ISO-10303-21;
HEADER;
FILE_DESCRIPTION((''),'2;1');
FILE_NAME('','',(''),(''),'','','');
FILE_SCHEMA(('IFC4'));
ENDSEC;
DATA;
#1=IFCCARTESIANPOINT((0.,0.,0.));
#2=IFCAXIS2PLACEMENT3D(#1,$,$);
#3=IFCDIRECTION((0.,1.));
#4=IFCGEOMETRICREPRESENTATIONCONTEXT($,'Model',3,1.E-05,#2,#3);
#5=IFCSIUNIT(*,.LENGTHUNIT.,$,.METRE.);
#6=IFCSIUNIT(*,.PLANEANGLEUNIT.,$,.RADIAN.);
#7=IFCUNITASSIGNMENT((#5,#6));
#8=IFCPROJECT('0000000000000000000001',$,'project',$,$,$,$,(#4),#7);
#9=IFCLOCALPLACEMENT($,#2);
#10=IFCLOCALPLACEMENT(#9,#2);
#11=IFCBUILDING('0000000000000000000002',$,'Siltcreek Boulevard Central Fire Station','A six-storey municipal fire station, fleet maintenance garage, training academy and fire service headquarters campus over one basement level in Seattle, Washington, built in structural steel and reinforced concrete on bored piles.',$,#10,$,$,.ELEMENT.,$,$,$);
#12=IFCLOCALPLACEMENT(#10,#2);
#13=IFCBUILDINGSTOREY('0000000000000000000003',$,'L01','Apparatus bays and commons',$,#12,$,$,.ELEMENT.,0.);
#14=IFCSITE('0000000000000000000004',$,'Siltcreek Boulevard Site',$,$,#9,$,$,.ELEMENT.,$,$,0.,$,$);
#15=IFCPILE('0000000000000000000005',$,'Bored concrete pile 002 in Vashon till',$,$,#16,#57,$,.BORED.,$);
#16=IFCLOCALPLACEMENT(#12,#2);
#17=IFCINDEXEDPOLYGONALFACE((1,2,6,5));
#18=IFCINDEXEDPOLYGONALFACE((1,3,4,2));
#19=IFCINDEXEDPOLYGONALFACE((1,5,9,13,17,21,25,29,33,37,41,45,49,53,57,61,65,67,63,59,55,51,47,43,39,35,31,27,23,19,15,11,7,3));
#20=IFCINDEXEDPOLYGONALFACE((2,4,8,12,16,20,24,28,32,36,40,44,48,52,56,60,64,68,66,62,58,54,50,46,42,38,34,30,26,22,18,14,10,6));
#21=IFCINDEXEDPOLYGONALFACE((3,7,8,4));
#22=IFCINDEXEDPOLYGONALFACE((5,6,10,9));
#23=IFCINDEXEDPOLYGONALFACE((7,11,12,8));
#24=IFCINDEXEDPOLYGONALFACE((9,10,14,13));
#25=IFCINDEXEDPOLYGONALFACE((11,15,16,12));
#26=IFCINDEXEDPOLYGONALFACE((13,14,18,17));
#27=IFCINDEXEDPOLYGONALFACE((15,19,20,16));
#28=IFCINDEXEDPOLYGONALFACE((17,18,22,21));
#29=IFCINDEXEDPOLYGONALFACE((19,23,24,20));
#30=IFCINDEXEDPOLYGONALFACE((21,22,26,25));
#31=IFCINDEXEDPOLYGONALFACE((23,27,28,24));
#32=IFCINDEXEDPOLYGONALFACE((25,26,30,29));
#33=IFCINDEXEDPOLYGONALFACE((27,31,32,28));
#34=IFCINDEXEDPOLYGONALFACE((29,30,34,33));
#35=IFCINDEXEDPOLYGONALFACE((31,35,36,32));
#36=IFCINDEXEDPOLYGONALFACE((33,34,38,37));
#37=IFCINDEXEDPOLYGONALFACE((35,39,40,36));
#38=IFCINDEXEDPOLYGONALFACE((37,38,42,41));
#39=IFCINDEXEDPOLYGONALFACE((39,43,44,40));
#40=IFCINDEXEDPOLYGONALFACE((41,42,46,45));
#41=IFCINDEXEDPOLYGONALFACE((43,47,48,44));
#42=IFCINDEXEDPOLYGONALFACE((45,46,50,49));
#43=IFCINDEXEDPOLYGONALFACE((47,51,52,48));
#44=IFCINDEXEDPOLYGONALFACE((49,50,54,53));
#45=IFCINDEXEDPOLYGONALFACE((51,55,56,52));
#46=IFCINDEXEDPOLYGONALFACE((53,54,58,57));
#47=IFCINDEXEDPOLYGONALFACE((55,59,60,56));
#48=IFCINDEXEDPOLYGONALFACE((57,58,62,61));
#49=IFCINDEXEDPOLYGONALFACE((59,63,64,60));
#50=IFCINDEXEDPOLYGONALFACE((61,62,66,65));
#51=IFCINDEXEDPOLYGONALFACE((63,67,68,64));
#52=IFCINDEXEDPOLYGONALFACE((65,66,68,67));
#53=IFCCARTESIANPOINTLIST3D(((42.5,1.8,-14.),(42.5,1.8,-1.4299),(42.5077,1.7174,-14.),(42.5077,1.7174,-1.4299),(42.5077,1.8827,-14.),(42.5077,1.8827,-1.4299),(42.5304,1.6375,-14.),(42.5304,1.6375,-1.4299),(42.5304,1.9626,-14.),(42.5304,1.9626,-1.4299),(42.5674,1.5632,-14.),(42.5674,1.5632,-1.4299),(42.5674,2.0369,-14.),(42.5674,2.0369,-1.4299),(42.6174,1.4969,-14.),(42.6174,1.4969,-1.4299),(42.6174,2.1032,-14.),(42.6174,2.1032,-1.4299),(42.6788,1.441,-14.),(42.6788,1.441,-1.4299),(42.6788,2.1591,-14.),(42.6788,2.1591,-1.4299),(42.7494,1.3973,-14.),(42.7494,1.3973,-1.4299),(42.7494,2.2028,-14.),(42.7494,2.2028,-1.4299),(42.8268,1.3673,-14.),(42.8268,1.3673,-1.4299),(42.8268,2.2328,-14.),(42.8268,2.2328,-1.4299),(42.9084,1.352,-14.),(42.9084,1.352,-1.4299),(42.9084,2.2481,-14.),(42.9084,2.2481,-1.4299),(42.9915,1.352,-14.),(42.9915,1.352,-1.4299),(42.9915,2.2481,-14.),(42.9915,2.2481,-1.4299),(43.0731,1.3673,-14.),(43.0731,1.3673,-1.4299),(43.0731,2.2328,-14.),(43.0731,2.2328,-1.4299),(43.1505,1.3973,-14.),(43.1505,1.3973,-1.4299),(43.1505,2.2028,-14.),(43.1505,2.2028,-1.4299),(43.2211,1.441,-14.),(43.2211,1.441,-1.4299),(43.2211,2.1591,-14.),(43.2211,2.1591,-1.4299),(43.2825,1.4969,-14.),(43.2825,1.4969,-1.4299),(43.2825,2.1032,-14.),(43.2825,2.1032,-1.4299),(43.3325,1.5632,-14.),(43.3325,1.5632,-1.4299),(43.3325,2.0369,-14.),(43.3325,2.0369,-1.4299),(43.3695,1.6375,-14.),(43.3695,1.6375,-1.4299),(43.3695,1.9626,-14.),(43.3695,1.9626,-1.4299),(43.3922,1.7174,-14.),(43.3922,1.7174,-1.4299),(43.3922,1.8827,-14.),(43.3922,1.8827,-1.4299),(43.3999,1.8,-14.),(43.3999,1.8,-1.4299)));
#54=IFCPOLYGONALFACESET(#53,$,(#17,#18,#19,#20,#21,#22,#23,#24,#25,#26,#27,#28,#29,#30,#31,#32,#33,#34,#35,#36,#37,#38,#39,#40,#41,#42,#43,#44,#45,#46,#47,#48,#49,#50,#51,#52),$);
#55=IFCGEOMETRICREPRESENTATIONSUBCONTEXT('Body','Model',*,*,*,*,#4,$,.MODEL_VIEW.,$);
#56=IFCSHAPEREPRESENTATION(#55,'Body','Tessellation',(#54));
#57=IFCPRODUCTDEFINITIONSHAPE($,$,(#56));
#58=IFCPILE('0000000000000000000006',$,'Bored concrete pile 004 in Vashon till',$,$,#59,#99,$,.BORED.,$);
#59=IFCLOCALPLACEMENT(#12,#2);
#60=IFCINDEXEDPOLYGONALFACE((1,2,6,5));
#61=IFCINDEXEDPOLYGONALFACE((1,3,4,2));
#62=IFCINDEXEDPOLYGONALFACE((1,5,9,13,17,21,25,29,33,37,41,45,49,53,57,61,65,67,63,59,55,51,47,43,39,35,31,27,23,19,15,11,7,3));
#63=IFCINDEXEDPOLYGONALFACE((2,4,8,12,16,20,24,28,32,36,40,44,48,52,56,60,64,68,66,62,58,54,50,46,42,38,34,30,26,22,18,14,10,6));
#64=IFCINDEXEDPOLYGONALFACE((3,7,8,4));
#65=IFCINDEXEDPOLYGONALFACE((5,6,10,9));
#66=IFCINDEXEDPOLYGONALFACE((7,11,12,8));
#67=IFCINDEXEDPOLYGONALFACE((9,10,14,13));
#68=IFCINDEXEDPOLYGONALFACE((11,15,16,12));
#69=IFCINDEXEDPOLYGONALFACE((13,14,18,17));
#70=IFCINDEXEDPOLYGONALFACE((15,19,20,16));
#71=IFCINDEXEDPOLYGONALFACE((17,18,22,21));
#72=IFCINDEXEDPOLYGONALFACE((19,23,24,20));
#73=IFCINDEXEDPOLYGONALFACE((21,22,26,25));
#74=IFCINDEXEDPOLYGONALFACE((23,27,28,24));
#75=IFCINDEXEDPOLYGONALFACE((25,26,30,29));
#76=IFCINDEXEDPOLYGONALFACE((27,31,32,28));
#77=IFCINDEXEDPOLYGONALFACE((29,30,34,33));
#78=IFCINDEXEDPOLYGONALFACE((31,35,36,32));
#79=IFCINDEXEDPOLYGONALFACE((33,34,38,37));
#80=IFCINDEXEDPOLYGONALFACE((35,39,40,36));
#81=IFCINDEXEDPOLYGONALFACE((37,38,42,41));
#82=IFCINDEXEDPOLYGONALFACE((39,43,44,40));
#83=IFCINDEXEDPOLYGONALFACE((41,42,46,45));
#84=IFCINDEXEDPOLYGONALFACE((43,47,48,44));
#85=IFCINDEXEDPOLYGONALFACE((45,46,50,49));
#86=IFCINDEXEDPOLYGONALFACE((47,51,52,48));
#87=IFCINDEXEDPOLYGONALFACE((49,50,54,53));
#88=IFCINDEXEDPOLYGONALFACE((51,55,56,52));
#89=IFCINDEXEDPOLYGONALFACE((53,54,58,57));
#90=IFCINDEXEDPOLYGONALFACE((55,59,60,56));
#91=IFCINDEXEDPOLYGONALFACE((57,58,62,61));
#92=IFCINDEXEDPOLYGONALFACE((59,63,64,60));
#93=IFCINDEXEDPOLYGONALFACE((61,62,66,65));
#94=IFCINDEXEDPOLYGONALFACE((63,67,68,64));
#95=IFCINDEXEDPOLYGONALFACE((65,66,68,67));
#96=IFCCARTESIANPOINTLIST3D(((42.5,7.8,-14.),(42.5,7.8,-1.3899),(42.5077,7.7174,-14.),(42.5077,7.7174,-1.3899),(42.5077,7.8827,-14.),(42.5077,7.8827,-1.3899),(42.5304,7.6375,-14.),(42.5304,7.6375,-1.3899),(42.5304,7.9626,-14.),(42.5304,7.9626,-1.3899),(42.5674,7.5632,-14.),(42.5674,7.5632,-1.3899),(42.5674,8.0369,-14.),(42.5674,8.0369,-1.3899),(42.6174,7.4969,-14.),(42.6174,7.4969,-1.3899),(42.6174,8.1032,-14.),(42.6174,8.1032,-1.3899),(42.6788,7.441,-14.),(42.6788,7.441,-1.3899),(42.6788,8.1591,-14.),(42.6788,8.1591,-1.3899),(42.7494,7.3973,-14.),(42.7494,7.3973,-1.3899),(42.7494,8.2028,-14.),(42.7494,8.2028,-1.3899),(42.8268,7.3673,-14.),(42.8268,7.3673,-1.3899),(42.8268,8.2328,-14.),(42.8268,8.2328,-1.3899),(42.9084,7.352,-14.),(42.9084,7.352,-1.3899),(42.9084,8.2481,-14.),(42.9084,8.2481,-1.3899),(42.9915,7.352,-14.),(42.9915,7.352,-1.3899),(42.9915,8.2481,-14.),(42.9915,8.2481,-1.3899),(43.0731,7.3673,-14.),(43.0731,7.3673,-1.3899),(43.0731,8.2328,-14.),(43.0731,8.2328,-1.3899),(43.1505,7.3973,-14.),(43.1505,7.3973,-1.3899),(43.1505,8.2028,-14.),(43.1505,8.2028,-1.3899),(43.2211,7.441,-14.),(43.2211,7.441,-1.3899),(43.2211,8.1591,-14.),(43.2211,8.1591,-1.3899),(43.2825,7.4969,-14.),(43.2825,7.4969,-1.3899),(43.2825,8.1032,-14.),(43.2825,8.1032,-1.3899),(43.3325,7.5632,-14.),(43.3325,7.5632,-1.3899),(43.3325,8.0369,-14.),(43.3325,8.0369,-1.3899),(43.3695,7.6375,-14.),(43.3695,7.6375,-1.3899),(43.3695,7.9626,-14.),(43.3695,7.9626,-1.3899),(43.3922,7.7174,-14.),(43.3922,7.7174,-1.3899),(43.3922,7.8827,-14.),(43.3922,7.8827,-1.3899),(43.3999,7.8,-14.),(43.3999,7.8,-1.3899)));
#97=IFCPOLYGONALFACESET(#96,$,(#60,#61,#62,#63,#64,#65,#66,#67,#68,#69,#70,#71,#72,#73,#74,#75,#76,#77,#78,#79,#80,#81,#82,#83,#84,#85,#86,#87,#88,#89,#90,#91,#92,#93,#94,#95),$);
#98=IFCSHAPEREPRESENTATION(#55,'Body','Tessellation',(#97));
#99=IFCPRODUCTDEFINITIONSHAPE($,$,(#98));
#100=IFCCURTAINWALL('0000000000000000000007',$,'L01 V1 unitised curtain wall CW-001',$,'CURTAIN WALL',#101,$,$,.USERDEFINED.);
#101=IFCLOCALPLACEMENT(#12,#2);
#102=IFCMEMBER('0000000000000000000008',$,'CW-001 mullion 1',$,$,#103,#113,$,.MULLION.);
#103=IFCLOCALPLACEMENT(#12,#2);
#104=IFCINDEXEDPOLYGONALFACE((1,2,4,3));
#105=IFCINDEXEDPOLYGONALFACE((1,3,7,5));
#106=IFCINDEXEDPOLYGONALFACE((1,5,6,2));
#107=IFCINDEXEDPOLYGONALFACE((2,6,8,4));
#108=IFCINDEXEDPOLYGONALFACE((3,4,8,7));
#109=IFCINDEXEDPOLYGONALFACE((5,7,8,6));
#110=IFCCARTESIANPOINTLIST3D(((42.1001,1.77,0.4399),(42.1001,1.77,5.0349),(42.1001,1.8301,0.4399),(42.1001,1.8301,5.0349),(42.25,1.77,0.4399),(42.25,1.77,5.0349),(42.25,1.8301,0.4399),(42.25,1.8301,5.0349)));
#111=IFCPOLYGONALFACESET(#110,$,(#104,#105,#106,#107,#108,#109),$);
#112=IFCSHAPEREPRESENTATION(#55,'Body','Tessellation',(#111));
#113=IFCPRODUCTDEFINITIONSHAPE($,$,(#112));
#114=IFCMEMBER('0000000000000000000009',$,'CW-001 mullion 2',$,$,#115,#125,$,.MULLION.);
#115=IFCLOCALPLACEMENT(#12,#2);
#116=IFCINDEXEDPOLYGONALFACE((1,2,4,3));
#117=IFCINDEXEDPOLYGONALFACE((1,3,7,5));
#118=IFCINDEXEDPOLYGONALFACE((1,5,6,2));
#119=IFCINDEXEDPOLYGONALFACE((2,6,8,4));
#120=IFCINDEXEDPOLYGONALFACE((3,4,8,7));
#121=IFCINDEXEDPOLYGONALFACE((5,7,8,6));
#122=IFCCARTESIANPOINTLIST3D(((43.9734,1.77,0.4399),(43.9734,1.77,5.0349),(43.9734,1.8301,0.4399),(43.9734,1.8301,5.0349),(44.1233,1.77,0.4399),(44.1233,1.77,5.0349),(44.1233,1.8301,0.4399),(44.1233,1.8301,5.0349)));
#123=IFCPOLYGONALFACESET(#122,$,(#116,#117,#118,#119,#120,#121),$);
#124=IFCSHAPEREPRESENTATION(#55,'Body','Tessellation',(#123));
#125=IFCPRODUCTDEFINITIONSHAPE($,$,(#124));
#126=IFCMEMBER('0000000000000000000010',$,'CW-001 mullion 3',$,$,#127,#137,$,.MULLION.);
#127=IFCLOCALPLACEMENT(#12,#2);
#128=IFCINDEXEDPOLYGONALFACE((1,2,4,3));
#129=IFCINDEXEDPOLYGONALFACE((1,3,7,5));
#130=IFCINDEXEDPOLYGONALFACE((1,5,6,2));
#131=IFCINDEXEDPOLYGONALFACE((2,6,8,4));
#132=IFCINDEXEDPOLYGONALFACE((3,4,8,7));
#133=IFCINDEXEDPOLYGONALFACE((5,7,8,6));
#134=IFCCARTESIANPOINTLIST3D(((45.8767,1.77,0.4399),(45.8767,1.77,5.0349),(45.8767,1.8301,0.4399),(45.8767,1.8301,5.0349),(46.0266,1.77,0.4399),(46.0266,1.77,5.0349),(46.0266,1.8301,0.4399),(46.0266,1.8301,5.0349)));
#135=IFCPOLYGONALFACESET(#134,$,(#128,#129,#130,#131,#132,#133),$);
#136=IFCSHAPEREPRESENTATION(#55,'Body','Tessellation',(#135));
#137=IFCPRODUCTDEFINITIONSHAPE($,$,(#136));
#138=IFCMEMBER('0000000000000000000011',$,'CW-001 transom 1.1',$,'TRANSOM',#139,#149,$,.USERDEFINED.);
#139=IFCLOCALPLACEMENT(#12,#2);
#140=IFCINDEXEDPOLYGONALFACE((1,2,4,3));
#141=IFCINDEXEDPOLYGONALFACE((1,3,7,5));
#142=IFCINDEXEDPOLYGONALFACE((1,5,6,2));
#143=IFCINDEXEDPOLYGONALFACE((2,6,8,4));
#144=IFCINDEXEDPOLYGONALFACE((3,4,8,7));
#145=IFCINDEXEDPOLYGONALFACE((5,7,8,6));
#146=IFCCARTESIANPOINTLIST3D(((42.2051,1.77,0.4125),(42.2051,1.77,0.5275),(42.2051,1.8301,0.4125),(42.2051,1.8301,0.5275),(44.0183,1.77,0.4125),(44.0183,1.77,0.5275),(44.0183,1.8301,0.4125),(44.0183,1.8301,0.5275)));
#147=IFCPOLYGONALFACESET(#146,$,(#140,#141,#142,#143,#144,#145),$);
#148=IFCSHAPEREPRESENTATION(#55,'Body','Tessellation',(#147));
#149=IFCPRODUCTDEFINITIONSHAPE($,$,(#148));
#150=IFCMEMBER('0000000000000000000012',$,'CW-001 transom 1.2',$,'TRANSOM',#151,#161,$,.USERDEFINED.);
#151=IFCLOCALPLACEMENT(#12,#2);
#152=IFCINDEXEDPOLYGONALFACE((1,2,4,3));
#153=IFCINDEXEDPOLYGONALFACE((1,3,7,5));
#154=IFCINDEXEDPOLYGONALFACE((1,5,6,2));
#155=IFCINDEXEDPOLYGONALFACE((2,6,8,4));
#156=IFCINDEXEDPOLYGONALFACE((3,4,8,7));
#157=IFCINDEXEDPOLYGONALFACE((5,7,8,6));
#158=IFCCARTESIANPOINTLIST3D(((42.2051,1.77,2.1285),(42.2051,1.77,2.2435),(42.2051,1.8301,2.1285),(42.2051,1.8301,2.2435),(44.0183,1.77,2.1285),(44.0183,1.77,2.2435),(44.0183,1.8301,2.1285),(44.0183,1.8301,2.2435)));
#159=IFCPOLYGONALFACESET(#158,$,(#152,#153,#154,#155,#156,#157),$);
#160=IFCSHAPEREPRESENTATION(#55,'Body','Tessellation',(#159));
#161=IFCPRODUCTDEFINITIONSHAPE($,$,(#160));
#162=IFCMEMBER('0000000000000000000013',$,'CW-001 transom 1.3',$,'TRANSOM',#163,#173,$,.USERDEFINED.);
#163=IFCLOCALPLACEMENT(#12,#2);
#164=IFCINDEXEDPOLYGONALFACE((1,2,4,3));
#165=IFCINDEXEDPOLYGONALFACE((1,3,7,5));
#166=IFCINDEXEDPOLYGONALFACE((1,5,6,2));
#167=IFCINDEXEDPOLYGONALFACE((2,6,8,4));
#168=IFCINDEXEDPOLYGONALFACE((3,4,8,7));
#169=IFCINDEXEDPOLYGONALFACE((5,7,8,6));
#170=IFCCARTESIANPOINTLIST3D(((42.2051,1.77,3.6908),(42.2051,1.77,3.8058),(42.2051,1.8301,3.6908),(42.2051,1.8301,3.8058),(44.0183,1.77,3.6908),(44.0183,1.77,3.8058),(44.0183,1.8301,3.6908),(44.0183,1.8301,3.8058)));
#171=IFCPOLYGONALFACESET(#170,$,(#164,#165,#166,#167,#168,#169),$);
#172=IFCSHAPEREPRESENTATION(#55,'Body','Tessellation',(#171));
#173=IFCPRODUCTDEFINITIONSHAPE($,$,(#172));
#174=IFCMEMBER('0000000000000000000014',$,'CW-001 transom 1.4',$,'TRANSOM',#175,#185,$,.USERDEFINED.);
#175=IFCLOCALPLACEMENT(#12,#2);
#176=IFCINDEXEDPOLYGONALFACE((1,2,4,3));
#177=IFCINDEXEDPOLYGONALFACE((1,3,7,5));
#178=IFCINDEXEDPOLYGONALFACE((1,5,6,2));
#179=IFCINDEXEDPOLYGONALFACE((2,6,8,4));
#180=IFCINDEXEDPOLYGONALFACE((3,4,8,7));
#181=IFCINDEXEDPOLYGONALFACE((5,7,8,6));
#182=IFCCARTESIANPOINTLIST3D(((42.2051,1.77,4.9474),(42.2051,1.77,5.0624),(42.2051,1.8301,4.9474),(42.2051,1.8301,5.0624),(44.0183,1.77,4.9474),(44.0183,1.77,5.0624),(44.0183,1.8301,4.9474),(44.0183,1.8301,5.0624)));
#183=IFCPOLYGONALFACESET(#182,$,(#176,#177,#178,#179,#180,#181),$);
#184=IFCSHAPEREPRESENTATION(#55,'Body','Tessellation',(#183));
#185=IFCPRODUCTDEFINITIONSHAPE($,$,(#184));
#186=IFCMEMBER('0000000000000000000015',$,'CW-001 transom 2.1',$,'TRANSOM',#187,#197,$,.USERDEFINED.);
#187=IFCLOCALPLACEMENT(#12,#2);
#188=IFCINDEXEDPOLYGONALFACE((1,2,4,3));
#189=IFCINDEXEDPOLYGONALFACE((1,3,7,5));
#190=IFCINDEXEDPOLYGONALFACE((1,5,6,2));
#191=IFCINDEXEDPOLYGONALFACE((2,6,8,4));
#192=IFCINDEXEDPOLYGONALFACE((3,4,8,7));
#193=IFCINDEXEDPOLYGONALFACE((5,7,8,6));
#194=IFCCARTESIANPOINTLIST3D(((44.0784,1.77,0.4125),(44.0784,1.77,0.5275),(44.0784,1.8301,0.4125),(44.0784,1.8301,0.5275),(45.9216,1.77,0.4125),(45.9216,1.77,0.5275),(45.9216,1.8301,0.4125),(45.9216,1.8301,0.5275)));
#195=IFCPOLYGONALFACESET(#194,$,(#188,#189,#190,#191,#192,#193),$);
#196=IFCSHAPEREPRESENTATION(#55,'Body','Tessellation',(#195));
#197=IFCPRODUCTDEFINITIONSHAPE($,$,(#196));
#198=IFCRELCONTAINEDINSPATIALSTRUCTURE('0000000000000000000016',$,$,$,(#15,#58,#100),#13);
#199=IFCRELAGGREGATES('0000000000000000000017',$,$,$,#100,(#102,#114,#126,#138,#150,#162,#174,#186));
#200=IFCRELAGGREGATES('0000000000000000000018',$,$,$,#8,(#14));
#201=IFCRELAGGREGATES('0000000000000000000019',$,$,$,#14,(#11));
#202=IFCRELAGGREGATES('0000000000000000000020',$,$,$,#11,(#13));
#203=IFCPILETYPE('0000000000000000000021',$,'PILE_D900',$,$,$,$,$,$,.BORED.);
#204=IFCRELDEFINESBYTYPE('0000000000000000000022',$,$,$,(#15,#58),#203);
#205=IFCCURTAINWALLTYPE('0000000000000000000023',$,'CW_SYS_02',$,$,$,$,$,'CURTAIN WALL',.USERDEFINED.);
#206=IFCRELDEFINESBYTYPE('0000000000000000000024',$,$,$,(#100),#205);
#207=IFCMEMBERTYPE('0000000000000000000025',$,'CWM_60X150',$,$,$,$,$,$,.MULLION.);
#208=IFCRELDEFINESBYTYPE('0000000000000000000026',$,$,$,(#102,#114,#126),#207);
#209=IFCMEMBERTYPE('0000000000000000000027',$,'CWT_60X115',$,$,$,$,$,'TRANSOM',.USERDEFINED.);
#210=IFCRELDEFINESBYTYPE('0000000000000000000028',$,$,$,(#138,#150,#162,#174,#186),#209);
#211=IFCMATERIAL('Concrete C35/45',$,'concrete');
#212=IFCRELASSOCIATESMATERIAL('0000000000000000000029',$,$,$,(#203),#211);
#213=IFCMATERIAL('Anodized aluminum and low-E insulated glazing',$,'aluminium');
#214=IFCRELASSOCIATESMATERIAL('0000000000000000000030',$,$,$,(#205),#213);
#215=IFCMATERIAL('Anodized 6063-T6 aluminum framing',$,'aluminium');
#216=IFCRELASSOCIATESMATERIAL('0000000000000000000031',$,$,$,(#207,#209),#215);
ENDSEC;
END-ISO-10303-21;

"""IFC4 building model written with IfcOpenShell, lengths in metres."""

from ifc_helpers import new_model, si_unit, direction, frame, origin, origin_2d, place, context, subcontext, project, spatial, rectangle, circle, extrude, material, material_profile, profile_set, type_object, element, aggregate, save


model = new_model("IFC4")

# Units and contexts
model_context = context("Model", 3, precision=1e-05, world=origin(), true_north=direction((0.0, 1.0)))
body_context = subcontext(model_context, "Body", "Model", "MODEL_VIEW")
ifc_project = project(units=[si_unit("LENGTHUNIT", "METRE"), si_unit("PLANEANGLEUNIT", "RADIAN")], contexts=[model_context])

# Site, building, storey
site_placement = place(None, origin())
site = spatial("IfcSite", under=ifc_project, at=site_placement, Name="Siltcreek Boulevard Site", CompositionType="ELEMENT", RefElevation=0.0)
building_placement = place(site_placement, origin())
building = spatial("IfcBuilding", under=site, at=building_placement, Name="Siltcreek Boulevard Central Fire Station", Description="A six-storey municipal fire station, fleet maintenance garage, training academy and fire service headquarters campus over one basement level in Seattle, Washington, built in structural steel and reinforced concrete on bored piles.", CompositionType="ELEMENT")
storey_placement = place(building_placement, origin())
storey = spatial("IfcBuildingStorey", under=building, at=storey_placement, Name="L01", Description="Apparatus bays and commons", CompositionType="ELEMENT", Elevation=0.0)

# Piles
ifc_material_1 = material(Name="Concrete C35/45", Category="concrete")
ifc_material_profile_1 = material_profile(ifc_material_1, circle(Radius=0.45, at=origin_2d()), Name="SHAFT900")
ifc_profile_set_1 = profile_set([ifc_material_profile_1], Name="Concrete C35/45")
pile_type = type_object("IfcPileType", Name="PILE_D900", PredefinedType="BORED", material=ifc_profile_set_1)
pile_1_placement = place(storey_placement, frame((42.95, 1.8, -1.4299), z_axis=(0.0, 0.0, -1.0), x_axis=(1.0, 0.0, 0.0)))
element("IfcPile", 1, at=pile_1_placement, inside=storey, type_object=pile_type, Name="Bored concrete pile 002 in Vashon till", PredefinedType="BORED", context=body_context, shape_type="SweptSolid", body=[
    extrude(circle(Radius=0.45, at=origin_2d()), origin(), (0.0, 0.0, 1.0), 12.5701),
])
pile_2_placement = place(storey_placement, frame((42.95, 7.8, -1.3899), z_axis=(0.0, 0.0, -1.0), x_axis=(1.0, 0.0, 0.0)))
element("IfcPile", 2, at=pile_2_placement, inside=storey, type_object=pile_type, Name="Bored concrete pile 004 in Vashon till", PredefinedType="BORED", context=body_context, shape_type="SweptSolid", body=[
    extrude(circle(Radius=0.45, at=origin_2d()), origin(), (0.0, 0.0, 1.0), 12.6101),
])

# Curtain wall, members
ifc_material_2 = material(Name="Anodized aluminum and low-E insulated glazing", Category="aluminium")
curtain_wall_type = type_object("IfcCurtainWallType", Name="CW_SYS_02", ElementType="CURTAIN WALL", PredefinedType="USERDEFINED", material=ifc_material_2)
curtain_wall_placement = place(storey_placement, origin())
curtain_wall = element("IfcCurtainWall", 3, at=curtain_wall_placement, inside=storey, type_object=curtain_wall_type, Name="L01 V1 unitised curtain wall CW-001", ObjectType="CURTAIN WALL", PredefinedType="USERDEFINED")
ifc_material_3 = material(Name="Anodized 6063-T6 aluminum framing", Category="aluminium")
ifc_material_profile_2 = material_profile(ifc_material_3, rectangle(XDim=0.0601, YDim=0.1499, at=origin_2d()), Name="MULL60X150")
ifc_profile_set_2 = profile_set([ifc_material_profile_2], Name="Anodized 6063-T6 aluminum framing")
member_type_1 = type_object("IfcMemberType", Name="CWM_60X150", PredefinedType="MULLION", material=ifc_profile_set_2)
member_1_placement = place(storey_placement, frame((42.175, 1.8, 0.4399), z_axis=(0.0, 0.0, 1.0), x_axis=(0.0, 1.0, 0.0)))
member_1 = element("IfcMember", 4, at=member_1_placement, type_object=member_type_1, Name="CW-001 mullion 1", PredefinedType="MULLION", context=body_context, shape_type="SweptSolid", body=[
    extrude(rectangle(XDim=0.0601, YDim=0.1499, at=origin_2d()), origin(), (0.0, 0.0, 1.0), 4.595),
])
member_2_placement = place(storey_placement, frame((44.0483, 1.8, 0.4399), z_axis=(0.0, 0.0, 1.0), x_axis=(0.0, 1.0, 0.0)))
member_2 = element("IfcMember", 5, at=member_2_placement, type_object=member_type_1, Name="CW-001 mullion 2", PredefinedType="MULLION", context=body_context, shape_type="SweptSolid", body=[
    extrude(rectangle(XDim=0.0601, YDim=0.1499, at=origin_2d()), origin(), (0.0, 0.0, 1.0), 4.595),
])
member_3_placement = place(storey_placement, frame((45.9517, 1.8, 0.4399), z_axis=(0.0, 0.0, 1.0), x_axis=(0.0, 1.0, 0.0)))
member_3 = element("IfcMember", 6, at=member_3_placement, type_object=member_type_1, Name="CW-001 mullion 3", PredefinedType="MULLION", context=body_context, shape_type="SweptSolid", body=[
    extrude(rectangle(XDim=0.0601, YDim=0.1499, at=origin_2d()), origin(), (0.0, 0.0, 1.0), 4.595),
])
ifc_material_profile_3 = material_profile(ifc_material_3, rectangle(XDim=0.0601, YDim=0.115, at=origin_2d()), Name="TRAN60X115")
ifc_profile_set_3 = profile_set([ifc_material_profile_3], Name="Anodized 6063-T6 aluminum framing")
member_type_2 = type_object("IfcMemberType", Name="CWT_60X115", ElementType="TRANSOM", PredefinedType="USERDEFINED", material=ifc_profile_set_3)
member_4_placement = place(storey_placement, frame((42.2051, 1.8, 0.47), z_axis=(1.0, 0.0, 0.0), x_axis=(0.0, 1.0, 0.0)))
member_4 = element("IfcMember", 7, at=member_4_placement, type_object=member_type_2, Name="CW-001 transom 1.1", ObjectType="TRANSOM", PredefinedType="USERDEFINED", context=body_context, shape_type="SweptSolid", body=[
    extrude(rectangle(XDim=0.0601, YDim=0.115, at=origin_2d()), origin(), (0.0, 0.0, 1.0), 1.8132),
])
member_5_placement = place(storey_placement, frame((42.2051, 1.8, 2.186), z_axis=(1.0, 0.0, 0.0), x_axis=(0.0, 1.0, 0.0)))
member_5 = element("IfcMember", 8, at=member_5_placement, type_object=member_type_2, Name="CW-001 transom 1.2", ObjectType="TRANSOM", PredefinedType="USERDEFINED", context=body_context, shape_type="SweptSolid", body=[
    extrude(rectangle(XDim=0.0601, YDim=0.115, at=origin_2d()), origin(), (0.0, 0.0, 1.0), 1.8132),
])
member_6_placement = place(storey_placement, frame((42.2051, 1.8, 3.7483), z_axis=(1.0, 0.0, 0.0), x_axis=(0.0, 1.0, 0.0)))
member_6 = element("IfcMember", 9, at=member_6_placement, type_object=member_type_2, Name="CW-001 transom 1.3", ObjectType="TRANSOM", PredefinedType="USERDEFINED", context=body_context, shape_type="SweptSolid", body=[
    extrude(rectangle(XDim=0.0601, YDim=0.115, at=origin_2d()), origin(), (0.0, 0.0, 1.0), 1.8132),
])
member_7_placement = place(storey_placement, frame((42.2051, 1.8, 5.0049), z_axis=(1.0, 0.0, 0.0), x_axis=(0.0, 1.0, 0.0)))
member_7 = element("IfcMember", 10, at=member_7_placement, type_object=member_type_2, Name="CW-001 transom 1.4", ObjectType="TRANSOM", PredefinedType="USERDEFINED", context=body_context, shape_type="SweptSolid", body=[
    extrude(rectangle(XDim=0.0601, YDim=0.115, at=origin_2d()), origin(), (0.0, 0.0, 1.0), 1.8132),
])
member_8_placement = place(storey_placement, frame((44.0784, 1.8, 0.47), z_axis=(1.0, 0.0, 0.0), x_axis=(0.0, 1.0, 0.0)))
member_8 = element("IfcMember", 11, at=member_8_placement, type_object=member_type_2, Name="CW-001 transom 2.1", ObjectType="TRANSOM", PredefinedType="USERDEFINED", context=body_context, shape_type="SweptSolid", body=[
    extrude(rectangle(XDim=0.0601, YDim=0.115, at=origin_2d()), origin(), (0.0, 0.0, 1.0), 1.8433),
])

aggregate(curtain_wall, [member_1, member_2, member_3, member_4, member_5, member_6, member_7, member_8])

save(model, "model.ifc")
